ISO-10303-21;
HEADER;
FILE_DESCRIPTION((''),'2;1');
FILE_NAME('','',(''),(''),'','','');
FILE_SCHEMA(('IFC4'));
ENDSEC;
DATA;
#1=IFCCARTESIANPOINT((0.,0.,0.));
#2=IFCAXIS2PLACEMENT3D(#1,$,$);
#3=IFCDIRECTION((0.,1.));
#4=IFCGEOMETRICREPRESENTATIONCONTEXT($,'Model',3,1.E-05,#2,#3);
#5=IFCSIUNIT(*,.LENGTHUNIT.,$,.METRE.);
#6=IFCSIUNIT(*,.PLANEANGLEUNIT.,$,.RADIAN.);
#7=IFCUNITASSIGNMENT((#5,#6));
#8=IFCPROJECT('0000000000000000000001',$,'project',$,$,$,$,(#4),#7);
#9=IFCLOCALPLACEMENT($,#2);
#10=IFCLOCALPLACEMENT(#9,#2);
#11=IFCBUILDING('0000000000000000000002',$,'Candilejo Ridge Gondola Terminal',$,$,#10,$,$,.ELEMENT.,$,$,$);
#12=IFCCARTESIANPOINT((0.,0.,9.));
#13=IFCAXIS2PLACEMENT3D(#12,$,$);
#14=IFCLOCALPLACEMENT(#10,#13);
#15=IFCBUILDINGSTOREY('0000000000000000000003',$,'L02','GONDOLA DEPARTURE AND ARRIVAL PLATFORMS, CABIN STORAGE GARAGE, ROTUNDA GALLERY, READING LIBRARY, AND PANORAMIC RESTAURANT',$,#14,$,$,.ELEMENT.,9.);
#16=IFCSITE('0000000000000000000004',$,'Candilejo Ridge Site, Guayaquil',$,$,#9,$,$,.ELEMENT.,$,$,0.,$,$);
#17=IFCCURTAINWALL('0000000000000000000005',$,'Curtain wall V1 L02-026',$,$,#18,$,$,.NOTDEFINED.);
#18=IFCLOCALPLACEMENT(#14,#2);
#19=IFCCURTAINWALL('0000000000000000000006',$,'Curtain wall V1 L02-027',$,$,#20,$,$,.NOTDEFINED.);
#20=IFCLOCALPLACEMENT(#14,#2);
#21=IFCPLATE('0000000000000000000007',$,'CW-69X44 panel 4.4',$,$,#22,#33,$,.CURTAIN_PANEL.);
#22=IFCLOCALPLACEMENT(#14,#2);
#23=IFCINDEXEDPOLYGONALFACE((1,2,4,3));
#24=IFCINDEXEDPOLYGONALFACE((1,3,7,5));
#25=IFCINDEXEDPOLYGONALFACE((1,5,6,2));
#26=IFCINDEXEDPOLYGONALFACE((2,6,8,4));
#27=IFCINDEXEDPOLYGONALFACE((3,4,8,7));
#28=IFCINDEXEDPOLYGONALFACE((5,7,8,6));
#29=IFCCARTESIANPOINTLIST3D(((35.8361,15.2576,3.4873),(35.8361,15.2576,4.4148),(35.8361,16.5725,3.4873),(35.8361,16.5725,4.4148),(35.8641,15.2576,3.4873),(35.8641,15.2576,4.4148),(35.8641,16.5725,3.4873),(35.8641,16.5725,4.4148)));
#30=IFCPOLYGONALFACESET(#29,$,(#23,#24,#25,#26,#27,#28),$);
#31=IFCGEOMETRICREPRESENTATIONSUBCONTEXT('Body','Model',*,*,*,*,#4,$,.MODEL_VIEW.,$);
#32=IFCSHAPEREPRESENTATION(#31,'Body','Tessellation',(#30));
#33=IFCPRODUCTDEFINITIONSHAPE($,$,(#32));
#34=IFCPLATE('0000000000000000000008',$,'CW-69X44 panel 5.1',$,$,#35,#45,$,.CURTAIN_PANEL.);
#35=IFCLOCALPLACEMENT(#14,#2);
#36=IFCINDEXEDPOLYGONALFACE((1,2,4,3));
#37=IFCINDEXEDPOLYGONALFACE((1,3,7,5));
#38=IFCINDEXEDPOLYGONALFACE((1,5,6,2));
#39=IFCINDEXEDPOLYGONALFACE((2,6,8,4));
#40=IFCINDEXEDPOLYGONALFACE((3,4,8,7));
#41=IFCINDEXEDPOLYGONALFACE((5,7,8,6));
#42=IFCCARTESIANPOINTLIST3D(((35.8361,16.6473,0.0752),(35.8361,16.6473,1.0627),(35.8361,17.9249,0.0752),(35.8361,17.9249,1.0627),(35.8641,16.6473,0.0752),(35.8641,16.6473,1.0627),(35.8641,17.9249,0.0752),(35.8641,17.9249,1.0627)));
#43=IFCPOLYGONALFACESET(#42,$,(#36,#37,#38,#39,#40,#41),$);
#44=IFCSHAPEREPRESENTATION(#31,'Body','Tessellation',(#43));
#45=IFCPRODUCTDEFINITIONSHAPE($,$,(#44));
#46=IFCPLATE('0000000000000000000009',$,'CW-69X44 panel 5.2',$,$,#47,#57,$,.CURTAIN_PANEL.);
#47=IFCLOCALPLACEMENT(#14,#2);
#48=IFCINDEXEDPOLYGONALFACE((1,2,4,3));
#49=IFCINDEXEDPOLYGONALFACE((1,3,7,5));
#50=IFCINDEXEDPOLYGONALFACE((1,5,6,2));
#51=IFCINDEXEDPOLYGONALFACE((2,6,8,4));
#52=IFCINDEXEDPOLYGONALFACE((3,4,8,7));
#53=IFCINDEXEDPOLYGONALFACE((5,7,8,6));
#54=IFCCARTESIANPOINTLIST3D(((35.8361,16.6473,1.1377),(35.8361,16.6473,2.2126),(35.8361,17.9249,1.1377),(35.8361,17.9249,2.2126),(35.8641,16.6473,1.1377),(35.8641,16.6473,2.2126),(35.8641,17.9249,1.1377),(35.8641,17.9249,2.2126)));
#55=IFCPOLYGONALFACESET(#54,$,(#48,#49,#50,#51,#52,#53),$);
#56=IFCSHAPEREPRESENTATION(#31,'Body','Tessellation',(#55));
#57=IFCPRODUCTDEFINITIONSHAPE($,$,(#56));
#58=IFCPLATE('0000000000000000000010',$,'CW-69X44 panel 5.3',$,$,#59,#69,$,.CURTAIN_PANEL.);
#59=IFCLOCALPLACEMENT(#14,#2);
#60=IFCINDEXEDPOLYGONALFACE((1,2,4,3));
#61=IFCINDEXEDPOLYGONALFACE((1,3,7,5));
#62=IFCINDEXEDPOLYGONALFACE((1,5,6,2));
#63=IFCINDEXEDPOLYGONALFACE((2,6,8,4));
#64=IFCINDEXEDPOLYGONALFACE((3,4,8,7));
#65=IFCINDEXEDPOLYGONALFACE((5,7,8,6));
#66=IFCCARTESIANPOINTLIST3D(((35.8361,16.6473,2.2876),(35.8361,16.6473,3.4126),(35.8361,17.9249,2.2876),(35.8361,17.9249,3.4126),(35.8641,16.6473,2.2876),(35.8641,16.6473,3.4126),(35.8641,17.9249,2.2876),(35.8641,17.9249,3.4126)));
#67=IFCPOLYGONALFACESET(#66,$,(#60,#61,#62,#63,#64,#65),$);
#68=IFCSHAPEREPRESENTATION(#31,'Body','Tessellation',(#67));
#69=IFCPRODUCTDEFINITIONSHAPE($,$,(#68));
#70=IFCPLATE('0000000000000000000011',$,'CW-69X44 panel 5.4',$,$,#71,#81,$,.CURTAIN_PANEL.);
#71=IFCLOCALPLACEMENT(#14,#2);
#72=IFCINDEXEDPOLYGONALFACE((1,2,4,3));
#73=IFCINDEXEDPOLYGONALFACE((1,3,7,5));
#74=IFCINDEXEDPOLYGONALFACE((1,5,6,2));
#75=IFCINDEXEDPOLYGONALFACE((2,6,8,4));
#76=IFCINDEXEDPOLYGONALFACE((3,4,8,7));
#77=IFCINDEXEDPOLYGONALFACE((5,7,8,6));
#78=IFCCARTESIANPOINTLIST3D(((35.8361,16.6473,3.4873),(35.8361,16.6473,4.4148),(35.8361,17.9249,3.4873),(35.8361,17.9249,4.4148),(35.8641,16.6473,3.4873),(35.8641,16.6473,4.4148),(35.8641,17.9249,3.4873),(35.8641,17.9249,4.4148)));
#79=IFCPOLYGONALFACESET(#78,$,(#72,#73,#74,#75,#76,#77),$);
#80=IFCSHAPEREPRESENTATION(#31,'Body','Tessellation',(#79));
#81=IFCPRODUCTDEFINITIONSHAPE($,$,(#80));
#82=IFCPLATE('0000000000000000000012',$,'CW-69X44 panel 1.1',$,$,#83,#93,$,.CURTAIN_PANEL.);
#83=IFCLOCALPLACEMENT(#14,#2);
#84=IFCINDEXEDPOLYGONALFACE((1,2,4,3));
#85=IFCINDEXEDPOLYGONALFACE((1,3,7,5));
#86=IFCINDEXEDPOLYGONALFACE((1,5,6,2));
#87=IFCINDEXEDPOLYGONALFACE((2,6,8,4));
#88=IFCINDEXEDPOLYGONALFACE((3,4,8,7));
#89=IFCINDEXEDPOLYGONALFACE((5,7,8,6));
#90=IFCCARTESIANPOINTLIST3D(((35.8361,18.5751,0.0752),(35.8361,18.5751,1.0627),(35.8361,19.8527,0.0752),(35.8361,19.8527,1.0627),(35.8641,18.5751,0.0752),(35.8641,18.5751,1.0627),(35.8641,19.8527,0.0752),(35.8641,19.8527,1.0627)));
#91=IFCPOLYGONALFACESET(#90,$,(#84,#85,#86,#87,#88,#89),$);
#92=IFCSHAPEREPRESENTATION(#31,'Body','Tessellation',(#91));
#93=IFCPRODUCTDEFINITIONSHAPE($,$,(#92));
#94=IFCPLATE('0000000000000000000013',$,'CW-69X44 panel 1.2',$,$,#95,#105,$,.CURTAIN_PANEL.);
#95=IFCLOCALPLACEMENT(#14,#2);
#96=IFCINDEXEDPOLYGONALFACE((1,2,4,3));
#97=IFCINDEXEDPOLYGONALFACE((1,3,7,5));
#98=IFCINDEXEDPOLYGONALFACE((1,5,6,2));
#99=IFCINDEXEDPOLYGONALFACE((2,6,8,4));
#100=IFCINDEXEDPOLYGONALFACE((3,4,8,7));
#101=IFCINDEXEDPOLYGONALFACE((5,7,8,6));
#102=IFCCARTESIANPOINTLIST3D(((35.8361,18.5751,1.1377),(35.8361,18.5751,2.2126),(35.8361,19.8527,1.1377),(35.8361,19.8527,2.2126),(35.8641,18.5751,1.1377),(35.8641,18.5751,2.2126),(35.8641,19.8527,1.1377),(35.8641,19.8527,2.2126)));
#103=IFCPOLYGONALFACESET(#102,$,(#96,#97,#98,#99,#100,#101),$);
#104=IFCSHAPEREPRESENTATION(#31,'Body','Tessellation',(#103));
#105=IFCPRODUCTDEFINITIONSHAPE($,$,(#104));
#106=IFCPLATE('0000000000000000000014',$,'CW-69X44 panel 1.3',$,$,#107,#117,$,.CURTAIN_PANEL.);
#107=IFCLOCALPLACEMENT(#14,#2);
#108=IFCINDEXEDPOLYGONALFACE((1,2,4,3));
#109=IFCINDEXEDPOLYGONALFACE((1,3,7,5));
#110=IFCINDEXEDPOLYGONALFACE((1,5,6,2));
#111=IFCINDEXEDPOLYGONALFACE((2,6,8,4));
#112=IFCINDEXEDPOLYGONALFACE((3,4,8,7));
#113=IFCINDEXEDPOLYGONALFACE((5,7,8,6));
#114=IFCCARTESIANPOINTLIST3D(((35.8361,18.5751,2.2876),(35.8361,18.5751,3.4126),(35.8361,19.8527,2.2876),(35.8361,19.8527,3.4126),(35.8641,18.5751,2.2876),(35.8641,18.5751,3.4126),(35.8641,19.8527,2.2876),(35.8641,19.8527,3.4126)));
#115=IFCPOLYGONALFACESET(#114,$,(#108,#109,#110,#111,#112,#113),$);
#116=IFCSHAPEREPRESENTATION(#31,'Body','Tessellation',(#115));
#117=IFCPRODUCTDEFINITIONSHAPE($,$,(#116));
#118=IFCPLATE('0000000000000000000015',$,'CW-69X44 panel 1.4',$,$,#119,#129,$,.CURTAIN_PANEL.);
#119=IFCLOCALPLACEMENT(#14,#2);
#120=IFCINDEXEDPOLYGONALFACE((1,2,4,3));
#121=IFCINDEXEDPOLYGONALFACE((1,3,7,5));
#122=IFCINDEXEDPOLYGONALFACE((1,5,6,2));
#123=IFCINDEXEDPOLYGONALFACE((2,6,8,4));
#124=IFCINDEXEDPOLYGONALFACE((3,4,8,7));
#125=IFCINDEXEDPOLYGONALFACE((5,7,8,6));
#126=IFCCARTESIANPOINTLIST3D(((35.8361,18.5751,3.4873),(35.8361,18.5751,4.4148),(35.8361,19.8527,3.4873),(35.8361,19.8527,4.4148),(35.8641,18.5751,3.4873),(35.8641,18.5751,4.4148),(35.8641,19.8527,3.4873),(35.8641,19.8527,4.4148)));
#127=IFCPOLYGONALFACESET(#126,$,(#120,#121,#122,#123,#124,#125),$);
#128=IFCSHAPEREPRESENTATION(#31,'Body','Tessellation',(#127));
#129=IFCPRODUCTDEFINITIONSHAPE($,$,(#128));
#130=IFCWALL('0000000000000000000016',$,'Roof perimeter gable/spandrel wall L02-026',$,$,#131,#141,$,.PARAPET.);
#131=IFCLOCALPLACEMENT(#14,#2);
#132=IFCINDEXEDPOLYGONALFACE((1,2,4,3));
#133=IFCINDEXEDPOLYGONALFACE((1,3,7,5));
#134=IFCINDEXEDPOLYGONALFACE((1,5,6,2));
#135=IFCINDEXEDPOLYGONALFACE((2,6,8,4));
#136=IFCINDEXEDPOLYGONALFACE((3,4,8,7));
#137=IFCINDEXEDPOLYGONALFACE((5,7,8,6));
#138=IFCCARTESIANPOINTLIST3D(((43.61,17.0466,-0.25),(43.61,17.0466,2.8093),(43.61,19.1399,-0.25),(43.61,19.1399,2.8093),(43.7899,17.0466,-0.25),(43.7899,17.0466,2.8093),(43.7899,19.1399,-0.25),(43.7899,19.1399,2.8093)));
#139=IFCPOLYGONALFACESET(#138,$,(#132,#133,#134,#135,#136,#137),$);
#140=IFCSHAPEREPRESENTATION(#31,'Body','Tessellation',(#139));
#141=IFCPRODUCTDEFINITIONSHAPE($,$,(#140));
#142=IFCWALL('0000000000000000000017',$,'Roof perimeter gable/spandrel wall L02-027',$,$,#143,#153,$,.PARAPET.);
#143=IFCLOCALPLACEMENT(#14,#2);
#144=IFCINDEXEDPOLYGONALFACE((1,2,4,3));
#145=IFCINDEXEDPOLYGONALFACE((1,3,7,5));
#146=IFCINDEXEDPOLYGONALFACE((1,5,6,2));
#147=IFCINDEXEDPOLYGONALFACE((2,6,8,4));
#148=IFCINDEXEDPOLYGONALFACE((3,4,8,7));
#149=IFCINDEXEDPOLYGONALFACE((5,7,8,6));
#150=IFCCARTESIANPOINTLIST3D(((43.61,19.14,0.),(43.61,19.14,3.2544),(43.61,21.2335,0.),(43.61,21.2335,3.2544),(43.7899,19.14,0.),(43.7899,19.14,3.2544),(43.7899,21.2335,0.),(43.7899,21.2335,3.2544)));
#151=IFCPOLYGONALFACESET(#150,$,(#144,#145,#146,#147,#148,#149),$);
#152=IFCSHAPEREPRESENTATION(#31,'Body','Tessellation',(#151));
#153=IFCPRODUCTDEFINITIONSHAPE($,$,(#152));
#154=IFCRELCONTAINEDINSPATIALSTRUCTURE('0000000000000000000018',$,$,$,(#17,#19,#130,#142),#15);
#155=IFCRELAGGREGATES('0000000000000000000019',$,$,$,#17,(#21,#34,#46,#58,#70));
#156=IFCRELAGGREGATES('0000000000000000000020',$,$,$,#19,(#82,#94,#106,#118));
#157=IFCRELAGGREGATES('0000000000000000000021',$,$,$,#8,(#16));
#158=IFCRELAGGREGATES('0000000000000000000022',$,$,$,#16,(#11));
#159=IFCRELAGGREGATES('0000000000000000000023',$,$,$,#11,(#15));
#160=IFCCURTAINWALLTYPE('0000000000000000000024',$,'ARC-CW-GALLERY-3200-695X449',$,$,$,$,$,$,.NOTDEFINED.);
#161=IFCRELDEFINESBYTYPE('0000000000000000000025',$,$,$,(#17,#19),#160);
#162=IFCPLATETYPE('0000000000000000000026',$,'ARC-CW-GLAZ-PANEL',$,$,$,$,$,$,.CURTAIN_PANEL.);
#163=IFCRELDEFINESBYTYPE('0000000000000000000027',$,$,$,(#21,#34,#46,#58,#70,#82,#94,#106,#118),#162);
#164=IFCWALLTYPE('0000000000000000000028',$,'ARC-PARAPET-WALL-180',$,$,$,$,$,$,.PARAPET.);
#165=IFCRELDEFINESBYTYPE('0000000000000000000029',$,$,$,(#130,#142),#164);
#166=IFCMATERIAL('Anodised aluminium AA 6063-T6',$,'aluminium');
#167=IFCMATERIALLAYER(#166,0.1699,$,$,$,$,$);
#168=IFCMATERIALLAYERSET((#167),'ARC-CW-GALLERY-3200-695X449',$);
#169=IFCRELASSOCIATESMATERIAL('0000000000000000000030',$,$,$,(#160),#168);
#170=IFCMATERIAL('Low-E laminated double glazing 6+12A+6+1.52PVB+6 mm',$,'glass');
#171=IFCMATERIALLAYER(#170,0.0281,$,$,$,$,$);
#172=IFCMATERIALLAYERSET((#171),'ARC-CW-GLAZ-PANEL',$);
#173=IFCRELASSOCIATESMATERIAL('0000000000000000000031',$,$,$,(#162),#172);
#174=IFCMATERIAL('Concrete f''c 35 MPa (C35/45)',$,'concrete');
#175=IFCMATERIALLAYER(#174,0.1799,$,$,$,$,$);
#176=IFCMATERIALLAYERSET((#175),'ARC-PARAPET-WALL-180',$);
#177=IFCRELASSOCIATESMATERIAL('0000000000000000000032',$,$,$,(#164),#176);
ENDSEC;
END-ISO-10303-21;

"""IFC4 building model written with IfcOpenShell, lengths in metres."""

from ifc_helpers import new_model, si_unit, direction, frame, frame_2d, origin, origin_2d, place, context, subcontext, project, spatial, rectangle, extrude, material, layer, layer_set, type_object, element, aggregate, save


model = new_model("IFC4")

# Units and contexts
model_context = context("Model", 3, precision=1e-05, world=origin(), true_north=direction((0.0, 1.0)))
body_context = subcontext(model_context, "Body", "Model", "MODEL_VIEW")
ifc_project = project(units=[si_unit("LENGTHUNIT", "METRE"), si_unit("PLANEANGLEUNIT", "RADIAN")], contexts=[model_context])

# Site, building, storey
site_placement = place(None, origin())
site = spatial("IfcSite", under=ifc_project, at=site_placement, Name="Candilejo Ridge Site, Guayaquil", CompositionType="ELEMENT", RefElevation=0.0)
building_placement = place(site_placement, origin())
building = spatial("IfcBuilding", under=site, at=building_placement, Name="Candilejo Ridge Gondola Terminal", CompositionType="ELEMENT")
storey_placement = place(building_placement, frame((0.0, 0.0, 9.0)))
storey = spatial("IfcBuildingStorey", under=building, at=storey_placement, Name="L02", Description="GONDOLA DEPARTURE AND ARRIVAL PLATFORMS, CABIN STORAGE GARAGE, ROTUNDA GALLERY, READING LIBRARY, AND PANORAMIC RESTAURANT", CompositionType="ELEMENT", Elevation=9.0)

# Curtain walls
ifc_material_1 = material(Name="Anodised aluminium AA 6063-T6", Category="aluminium")
ifc_layer_1 = layer(ifc_material_1, 0.1699)
ifc_layer_set_1 = layer_set([ifc_layer_1], Name="ARC-CW-GALLERY-3200-695X449")
curtain_wall_type = type_object("IfcCurtainWallType", Name="ARC-CW-GALLERY-3200-695X449", PredefinedType="NOTDEFINED", material=ifc_layer_set_1)
curtain_wall_1_placement = place(storey_placement, origin())
curtain_wall_1 = element("IfcCurtainWall", 1, at=curtain_wall_1_placement, inside=storey, type_object=curtain_wall_type, Name="Curtain wall V1 L02-026", PredefinedType="NOTDEFINED")
curtain_wall_2_placement = place(storey_placement, origin())
curtain_wall_2 = element("IfcCurtainWall", 2, at=curtain_wall_2_placement, inside=storey, type_object=curtain_wall_type, Name="Curtain wall V1 L02-027", PredefinedType="NOTDEFINED")

# Plates
ifc_material_2 = material(Name="Low-E laminated double glazing 6+12A+6+1.52PVB+6 mm", Category="glass")
ifc_layer_2 = layer(ifc_material_2, 0.0281)
ifc_layer_set_2 = layer_set([ifc_layer_2], Name="ARC-CW-GLAZ-PANEL")
plate_type = type_object("IfcPlateType", Name="ARC-CW-GLAZ-PANEL", PredefinedType="CURTAIN_PANEL", material=ifc_layer_set_2)
plate_1_placement = place(storey_placement, frame((35.8501, 15.915, 3.4873), z_axis=(0.0, 0.0, 1.0), x_axis=(0.0, 1.0, 0.0)))
plate_1 = element("IfcPlate", 3, at=plate_1_placement, type_object=plate_type, Name="CW-69X44 panel 4.4", PredefinedType="CURTAIN_PANEL", context=body_context, shape_type="SweptSolid", body=[
    extrude(rectangle(XDim=1.3149, YDim=0.0281, at=origin_2d()), origin(), (0.0, 0.0, 1.0), 0.9275),
])
plate_2_placement = place(storey_placement, frame((35.8501, 17.2861, 0.0752), z_axis=(0.0, 0.0, 1.0), x_axis=(0.0, 1.0, 0.0)))
plate_2 = element("IfcPlate", 4, at=plate_2_placement, type_object=plate_type, Name="CW-69X44 panel 5.1", PredefinedType="CURTAIN_PANEL", context=body_context, shape_type="SweptSolid", body=[
    extrude(rectangle(XDim=1.2776, YDim=0.0281, at=origin_2d()), origin(), (0.0, 0.0, 1.0), 0.9875),
])
plate_3_placement = place(storey_placement, frame((35.8501, 17.2861, 1.1377), z_axis=(0.0, 0.0, 1.0), x_axis=(0.0, 1.0, 0.0)))
plate_3 = element("IfcPlate", 5, at=plate_3_placement, type_object=plate_type, Name="CW-69X44 panel 5.2", PredefinedType="CURTAIN_PANEL", context=body_context, shape_type="SweptSolid", body=[
    extrude(rectangle(XDim=1.2776, YDim=0.0281, at=origin_2d()), origin(), (0.0, 0.0, 1.0), 1.075),
])
plate_4_placement = place(storey_placement, frame((35.8501, 17.2861, 2.2876), z_axis=(0.0, 0.0, 1.0), x_axis=(0.0, 1.0, 0.0)))
plate_4 = element("IfcPlate", 6, at=plate_4_placement, type_object=plate_type, Name="CW-69X44 panel 5.3", PredefinedType="CURTAIN_PANEL", context=body_context, shape_type="SweptSolid", body=[
    extrude(rectangle(XDim=1.2776, YDim=0.0281, at=origin_2d()), origin(), (0.0, 0.0, 1.0), 1.125),
])
plate_5_placement = place(storey_placement, frame((35.8501, 17.2861, 3.4873), z_axis=(0.0, 0.0, 1.0), x_axis=(0.0, 1.0, 0.0)))
plate_5 = element("IfcPlate", 7, at=plate_5_placement, type_object=plate_type, Name="CW-69X44 panel 5.4", PredefinedType="CURTAIN_PANEL", context=body_context, shape_type="SweptSolid", body=[
    extrude(rectangle(XDim=1.2776, YDim=0.0281, at=origin_2d()), origin(), (0.0, 0.0, 1.0), 0.9275),
])
aggregate(curtain_wall_1, [plate_1, plate_2, plate_3, plate_4, plate_5])
plate_6_placement = place(storey_placement, frame((35.8501, 19.2139, 0.0752), z_axis=(0.0, 0.0, 1.0), x_axis=(0.0, 1.0, 0.0)))
plate_6 = element("IfcPlate", 8, at=plate_6_placement, type_object=plate_type, Name="CW-69X44 panel 1.1", PredefinedType="CURTAIN_PANEL", context=body_context, shape_type="SweptSolid", body=[
    extrude(rectangle(XDim=1.2776, YDim=0.0281, at=origin_2d()), origin(), (0.0, 0.0, 1.0), 0.9875),
])
plate_7_placement = place(storey_placement, frame((35.8501, 19.2139, 1.1377), z_axis=(0.0, 0.0, 1.0), x_axis=(0.0, 1.0, 0.0)))
plate_7 = element("IfcPlate", 9, at=plate_7_placement, type_object=plate_type, Name="CW-69X44 panel 1.2", PredefinedType="CURTAIN_PANEL", context=body_context, shape_type="SweptSolid", body=[
    extrude(rectangle(XDim=1.2776, YDim=0.0281, at=origin_2d()), origin(), (0.0, 0.0, 1.0), 1.075),
])
plate_8_placement = place(storey_placement, frame((35.8501, 19.2139, 2.2876), z_axis=(0.0, 0.0, 1.0), x_axis=(0.0, 1.0, 0.0)))
plate_8 = element("IfcPlate", 10, at=plate_8_placement, type_object=plate_type, Name="CW-69X44 panel 1.3", PredefinedType="CURTAIN_PANEL", context=body_context, shape_type="SweptSolid", body=[
    extrude(rectangle(XDim=1.2776, YDim=0.0281, at=origin_2d()), origin(), (0.0, 0.0, 1.0), 1.125),
])
plate_9_placement = place(storey_placement, frame((35.8501, 19.2139, 3.4873), z_axis=(0.0, 0.0, 1.0), x_axis=(0.0, 1.0, 0.0)))
plate_9 = element("IfcPlate", 11, at=plate_9_placement, type_object=plate_type, Name="CW-69X44 panel 1.4", PredefinedType="CURTAIN_PANEL", context=body_context, shape_type="SweptSolid", body=[
    extrude(rectangle(XDim=1.2776, YDim=0.0281, at=origin_2d()), origin(), (0.0, 0.0, 1.0), 0.9275),
])
aggregate(curtain_wall_2, [plate_6, plate_7, plate_8, plate_9])

# Walls
ifc_material_3 = material(Name="Concrete f'c 35 MPa (C35/45)", Category="concrete")
ifc_layer_3 = layer(ifc_material_3, 0.1799)
ifc_layer_set_3 = layer_set([ifc_layer_3], Name="ARC-PARAPET-WALL-180")
wall_type = type_object("IfcWallType", Name="ARC-PARAPET-WALL-180", PredefinedType="PARAPET", material=ifc_layer_set_3)
wall_1_placement = place(storey_placement, frame((43.7, 17.0466, -0.25), z_axis=(0.0, 0.0, 1.0), x_axis=(0.0, 1.0, 0.0)))
element("IfcWall", 12, at=wall_1_placement, inside=storey, type_object=wall_type, Name="Roof perimeter gable/spandrel wall L02-026", PredefinedType="PARAPET", context=body_context, shape_type="SweptSolid", body=[
    extrude(rectangle(XDim=2.0933, YDim=0.1799, at=frame_2d((1.0466, 0.0))), origin(), (0.0, 0.0, 1.0), 3.0593),
])
wall_2_placement = place(storey_placement, frame((43.7, 19.1399, 0.0), z_axis=(0.0, 0.0, 1.0), x_axis=(0.0, 1.0, 0.0)))
element("IfcWall", 13, at=wall_2_placement, inside=storey, type_object=wall_type, Name="Roof perimeter gable/spandrel wall L02-027", PredefinedType="PARAPET", context=body_context, shape_type="SweptSolid", body=[
    extrude(rectangle(XDim=2.0935, YDim=0.1799, at=frame_2d((1.0469, 0.0))), origin(), (0.0, 0.0, 1.0), 3.2544),
])

save(model, "model.ifc")
